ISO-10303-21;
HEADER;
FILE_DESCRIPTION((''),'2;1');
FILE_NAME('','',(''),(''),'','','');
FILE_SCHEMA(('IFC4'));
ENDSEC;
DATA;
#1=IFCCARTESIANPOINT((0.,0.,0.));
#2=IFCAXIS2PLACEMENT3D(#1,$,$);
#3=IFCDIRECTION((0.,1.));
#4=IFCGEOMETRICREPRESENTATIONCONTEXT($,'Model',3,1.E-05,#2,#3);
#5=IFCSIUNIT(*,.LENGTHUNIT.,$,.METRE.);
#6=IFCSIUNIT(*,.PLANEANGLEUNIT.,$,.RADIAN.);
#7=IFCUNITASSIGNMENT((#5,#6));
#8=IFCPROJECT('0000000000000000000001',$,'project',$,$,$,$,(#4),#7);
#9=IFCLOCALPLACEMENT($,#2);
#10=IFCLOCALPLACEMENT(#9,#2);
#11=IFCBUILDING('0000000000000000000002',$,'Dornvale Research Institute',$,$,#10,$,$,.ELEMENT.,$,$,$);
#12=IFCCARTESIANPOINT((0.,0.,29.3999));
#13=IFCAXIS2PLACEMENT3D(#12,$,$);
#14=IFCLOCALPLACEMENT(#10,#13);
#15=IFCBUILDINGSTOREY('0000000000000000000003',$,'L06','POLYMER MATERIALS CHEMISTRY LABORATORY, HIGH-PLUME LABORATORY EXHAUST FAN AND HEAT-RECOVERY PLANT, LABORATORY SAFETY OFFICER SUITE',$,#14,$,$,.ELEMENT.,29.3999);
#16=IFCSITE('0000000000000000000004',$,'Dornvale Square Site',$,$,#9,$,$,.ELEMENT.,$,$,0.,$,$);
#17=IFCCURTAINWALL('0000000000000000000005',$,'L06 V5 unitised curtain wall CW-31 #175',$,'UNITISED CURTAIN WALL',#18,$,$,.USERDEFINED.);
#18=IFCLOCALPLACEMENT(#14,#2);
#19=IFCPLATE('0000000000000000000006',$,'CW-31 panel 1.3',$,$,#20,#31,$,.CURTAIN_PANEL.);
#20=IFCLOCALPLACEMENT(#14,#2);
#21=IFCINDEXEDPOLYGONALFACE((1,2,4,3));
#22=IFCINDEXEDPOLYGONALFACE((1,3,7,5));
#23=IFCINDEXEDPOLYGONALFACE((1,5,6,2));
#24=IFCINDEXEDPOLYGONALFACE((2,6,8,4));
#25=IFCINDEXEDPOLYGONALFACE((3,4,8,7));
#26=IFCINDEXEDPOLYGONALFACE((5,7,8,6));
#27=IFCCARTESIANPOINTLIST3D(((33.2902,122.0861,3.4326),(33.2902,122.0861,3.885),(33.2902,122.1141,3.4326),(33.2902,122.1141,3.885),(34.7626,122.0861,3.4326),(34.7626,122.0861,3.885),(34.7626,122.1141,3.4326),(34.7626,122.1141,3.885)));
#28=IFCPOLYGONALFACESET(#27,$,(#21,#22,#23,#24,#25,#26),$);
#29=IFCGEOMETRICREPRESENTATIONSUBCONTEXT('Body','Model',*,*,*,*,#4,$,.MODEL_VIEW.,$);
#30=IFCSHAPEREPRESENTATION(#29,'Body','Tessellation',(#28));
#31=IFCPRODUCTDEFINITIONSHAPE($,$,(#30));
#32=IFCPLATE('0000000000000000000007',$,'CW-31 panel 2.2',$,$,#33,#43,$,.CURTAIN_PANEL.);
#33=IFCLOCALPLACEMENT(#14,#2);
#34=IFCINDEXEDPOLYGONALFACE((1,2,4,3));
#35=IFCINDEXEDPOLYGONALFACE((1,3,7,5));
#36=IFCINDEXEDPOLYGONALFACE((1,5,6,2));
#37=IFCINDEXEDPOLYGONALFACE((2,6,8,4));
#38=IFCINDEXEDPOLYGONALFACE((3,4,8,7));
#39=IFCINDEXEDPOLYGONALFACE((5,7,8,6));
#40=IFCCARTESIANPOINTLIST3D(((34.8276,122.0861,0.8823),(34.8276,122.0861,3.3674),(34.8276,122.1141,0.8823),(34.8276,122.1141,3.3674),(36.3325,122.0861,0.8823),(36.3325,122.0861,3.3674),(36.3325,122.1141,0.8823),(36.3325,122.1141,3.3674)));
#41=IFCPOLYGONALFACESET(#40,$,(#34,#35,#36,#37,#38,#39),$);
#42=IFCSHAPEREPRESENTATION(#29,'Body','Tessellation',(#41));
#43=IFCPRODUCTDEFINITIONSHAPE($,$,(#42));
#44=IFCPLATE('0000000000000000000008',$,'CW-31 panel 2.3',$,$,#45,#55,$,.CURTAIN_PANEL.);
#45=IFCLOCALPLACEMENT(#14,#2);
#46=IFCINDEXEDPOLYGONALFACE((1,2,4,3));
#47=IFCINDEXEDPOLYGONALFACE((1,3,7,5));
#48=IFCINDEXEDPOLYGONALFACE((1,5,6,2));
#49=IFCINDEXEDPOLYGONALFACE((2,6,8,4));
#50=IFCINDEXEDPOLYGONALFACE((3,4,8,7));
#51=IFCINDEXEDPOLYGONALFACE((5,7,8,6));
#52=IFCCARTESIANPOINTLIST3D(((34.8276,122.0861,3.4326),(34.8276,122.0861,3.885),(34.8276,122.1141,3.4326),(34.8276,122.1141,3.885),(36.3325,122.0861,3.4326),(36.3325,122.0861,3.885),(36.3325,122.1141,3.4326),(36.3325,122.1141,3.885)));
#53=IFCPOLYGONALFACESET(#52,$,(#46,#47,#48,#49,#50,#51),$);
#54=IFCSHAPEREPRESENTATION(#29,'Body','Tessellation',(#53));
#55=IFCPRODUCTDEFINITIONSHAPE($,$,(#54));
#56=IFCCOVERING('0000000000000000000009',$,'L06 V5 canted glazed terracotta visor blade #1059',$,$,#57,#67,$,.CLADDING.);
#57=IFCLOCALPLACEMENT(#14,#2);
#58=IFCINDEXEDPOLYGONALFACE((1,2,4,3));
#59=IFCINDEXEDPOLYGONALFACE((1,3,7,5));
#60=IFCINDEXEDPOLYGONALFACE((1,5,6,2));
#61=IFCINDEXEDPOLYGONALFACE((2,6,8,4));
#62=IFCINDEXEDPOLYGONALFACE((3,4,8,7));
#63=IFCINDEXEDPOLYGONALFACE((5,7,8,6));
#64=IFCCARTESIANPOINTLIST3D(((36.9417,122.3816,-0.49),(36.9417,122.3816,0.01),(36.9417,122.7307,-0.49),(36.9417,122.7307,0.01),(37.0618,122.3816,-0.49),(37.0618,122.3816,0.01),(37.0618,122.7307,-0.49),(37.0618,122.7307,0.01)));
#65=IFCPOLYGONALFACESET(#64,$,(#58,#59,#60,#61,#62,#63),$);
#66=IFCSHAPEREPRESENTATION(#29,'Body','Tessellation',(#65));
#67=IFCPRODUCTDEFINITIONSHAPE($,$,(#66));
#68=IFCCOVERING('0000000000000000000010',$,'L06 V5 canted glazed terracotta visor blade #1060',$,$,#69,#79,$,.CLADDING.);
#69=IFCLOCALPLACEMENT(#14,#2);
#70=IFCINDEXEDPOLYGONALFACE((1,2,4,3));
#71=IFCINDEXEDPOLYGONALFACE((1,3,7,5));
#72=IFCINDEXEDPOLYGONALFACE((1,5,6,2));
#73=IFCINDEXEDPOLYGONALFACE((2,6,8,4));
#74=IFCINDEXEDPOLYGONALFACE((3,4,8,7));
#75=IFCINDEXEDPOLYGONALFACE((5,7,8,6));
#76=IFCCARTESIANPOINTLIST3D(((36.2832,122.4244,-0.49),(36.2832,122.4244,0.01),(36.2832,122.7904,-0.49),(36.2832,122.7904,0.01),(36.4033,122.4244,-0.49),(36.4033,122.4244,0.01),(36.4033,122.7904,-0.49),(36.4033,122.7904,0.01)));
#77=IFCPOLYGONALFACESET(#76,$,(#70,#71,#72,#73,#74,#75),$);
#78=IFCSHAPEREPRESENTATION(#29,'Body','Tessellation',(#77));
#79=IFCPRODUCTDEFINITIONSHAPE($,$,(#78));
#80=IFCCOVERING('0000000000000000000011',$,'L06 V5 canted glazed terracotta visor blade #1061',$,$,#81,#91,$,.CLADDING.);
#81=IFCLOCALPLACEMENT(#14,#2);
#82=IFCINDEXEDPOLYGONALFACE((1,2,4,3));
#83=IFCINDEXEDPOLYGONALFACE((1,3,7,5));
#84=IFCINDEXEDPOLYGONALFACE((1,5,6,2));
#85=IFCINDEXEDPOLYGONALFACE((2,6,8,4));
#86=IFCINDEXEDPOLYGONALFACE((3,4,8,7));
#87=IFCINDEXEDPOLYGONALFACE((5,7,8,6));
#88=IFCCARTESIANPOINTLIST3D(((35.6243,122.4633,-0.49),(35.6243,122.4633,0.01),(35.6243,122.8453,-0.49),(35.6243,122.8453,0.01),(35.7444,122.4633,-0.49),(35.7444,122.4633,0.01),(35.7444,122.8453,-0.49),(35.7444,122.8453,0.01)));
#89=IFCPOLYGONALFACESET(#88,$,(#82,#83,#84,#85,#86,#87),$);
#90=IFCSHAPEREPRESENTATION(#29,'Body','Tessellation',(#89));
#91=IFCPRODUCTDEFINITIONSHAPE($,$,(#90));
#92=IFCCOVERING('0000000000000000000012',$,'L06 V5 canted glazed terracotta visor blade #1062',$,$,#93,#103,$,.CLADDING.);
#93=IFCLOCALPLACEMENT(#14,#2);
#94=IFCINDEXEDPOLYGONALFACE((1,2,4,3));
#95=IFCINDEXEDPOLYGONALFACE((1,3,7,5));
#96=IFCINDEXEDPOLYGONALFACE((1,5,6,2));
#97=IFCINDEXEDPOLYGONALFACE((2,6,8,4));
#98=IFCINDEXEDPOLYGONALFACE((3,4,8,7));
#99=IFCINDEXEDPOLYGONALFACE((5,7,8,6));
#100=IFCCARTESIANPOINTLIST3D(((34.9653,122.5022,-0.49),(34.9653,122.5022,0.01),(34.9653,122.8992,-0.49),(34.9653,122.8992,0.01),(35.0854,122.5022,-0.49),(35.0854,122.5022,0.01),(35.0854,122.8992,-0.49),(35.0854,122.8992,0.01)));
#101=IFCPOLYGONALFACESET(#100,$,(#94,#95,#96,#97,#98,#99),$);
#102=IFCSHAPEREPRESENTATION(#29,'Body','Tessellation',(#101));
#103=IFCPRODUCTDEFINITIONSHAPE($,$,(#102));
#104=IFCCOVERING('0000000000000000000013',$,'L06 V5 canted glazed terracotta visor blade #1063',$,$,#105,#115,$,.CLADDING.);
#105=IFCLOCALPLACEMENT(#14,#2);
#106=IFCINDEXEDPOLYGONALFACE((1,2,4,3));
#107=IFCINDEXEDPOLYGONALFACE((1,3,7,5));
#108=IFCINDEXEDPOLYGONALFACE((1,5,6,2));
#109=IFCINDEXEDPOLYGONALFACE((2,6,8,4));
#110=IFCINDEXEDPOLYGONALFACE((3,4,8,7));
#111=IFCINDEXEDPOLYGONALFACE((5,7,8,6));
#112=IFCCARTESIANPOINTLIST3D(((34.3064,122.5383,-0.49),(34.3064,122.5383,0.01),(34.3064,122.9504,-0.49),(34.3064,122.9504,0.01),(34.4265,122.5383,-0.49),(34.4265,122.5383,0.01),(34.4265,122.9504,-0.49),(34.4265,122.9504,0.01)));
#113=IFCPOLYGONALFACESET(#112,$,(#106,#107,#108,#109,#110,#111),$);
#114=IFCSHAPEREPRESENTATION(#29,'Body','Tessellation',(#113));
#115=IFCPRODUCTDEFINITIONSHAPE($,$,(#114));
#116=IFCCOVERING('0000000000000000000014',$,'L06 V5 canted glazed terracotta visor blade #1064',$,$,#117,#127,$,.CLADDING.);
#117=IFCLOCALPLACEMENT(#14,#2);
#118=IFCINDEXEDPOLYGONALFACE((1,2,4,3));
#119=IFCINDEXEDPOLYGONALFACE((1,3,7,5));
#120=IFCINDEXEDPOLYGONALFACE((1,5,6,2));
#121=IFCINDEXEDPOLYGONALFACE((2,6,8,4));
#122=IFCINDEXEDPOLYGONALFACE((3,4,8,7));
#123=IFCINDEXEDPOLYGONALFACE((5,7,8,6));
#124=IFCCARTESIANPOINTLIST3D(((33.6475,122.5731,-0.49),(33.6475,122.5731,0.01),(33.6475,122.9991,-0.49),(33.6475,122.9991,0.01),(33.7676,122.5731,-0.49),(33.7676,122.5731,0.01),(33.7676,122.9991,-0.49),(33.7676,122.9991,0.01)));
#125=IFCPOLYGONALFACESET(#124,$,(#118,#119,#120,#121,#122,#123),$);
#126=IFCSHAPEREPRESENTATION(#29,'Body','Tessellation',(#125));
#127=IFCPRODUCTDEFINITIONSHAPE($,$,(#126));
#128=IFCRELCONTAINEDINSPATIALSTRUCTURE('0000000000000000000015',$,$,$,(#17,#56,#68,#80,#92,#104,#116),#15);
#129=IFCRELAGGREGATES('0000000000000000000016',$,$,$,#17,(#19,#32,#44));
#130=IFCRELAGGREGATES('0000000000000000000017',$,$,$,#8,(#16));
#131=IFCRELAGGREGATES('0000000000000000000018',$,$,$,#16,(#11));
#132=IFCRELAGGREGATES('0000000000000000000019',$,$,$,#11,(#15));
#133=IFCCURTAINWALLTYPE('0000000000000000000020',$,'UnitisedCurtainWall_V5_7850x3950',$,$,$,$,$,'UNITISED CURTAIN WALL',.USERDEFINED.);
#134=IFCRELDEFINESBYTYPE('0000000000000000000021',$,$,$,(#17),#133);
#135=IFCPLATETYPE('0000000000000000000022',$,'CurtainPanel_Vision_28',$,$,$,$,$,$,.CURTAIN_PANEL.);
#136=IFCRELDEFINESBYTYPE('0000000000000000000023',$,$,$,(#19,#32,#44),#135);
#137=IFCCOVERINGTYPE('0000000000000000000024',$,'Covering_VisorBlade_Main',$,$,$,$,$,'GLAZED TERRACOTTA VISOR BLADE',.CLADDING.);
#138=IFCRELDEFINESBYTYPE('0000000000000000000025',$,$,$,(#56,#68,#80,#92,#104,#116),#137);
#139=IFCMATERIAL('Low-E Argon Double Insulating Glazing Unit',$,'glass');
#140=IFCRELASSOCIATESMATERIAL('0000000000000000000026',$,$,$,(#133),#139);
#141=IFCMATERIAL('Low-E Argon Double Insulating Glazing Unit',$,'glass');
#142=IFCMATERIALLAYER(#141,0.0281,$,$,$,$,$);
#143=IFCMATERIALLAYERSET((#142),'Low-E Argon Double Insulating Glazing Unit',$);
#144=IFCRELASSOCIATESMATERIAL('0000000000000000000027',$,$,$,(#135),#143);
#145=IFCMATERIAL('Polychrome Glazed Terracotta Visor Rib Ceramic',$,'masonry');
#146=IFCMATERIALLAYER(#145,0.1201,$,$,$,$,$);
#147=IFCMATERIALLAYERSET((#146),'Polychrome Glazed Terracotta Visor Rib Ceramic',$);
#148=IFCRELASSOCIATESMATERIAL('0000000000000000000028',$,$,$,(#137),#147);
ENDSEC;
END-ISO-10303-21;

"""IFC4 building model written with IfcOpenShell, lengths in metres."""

from ifc_helpers import new_model, si_unit, direction, frame, origin, origin_2d, place, context, subcontext, project, spatial, rectangle, extrude, material, layer, layer_set, type_object, element, aggregate, save


model = new_model("IFC4")

# Units and contexts
model_context = context("Model", 3, precision=1e-05, world=origin(), true_north=direction((0.0, 1.0)))
body_context = subcontext(model_context, "Body", "Model", "MODEL_VIEW")
ifc_project = project(units=[si_unit("LENGTHUNIT", "METRE"), si_unit("PLANEANGLEUNIT", "RADIAN")], contexts=[model_context])

# Site, building, storey
site_placement = place(None, origin())
site = spatial("IfcSite", under=ifc_project, at=site_placement, Name="Dornvale Square Site", CompositionType="ELEMENT", RefElevation=0.0)
building_placement = place(site_placement, origin())
building = spatial("IfcBuilding", under=site, at=building_placement, Name="Dornvale Research Institute", CompositionType="ELEMENT")
storey_placement = place(building_placement, frame((0.0, 0.0, 29.3999)))
storey = spatial("IfcBuildingStorey", under=building, at=storey_placement, Name="L06", Description="POLYMER MATERIALS CHEMISTRY LABORATORY, HIGH-PLUME LABORATORY EXHAUST FAN AND HEAT-RECOVERY PLANT, LABORATORY SAFETY OFFICER SUITE", CompositionType="ELEMENT", Elevation=29.3999)

# Curtain wall, plates
ifc_material_1 = material(Name="Low-E Argon Double Insulating Glazing Unit", Category="glass")
curtain_wall_type = type_object("IfcCurtainWallType", Name="UnitisedCurtainWall_V5_7850x3950", ElementType="UNITISED CURTAIN WALL", PredefinedType="USERDEFINED", material=ifc_material_1)
curtain_wall_placement = place(storey_placement, origin())
curtain_wall = element("IfcCurtainWall", 1, at=curtain_wall_placement, inside=storey, type_object=curtain_wall_type, Name="L06 V5 unitised curtain wall CW-31 #175", ObjectType="UNITISED CURTAIN WALL", PredefinedType="USERDEFINED")
ifc_material_2 = material(Name="Low-E Argon Double Insulating Glazing Unit", Category="glass")
ifc_layer_1 = layer(ifc_material_2, 0.0281)
ifc_layer_set_1 = layer_set([ifc_layer_1], Name="Low-E Argon Double Insulating Glazing Unit")
plate_type_1 = type_object("IfcPlateType", Name="CurtainPanel_Vision_28", PredefinedType="CURTAIN_PANEL", material=ifc_layer_set_1)
plate_1_placement = place(storey_placement, frame((34.0264, 122.1001, 3.4326), z_axis=(0.0, 0.0, 1.0), x_axis=(1.0, 0.0, 0.0)))
plate_1 = element("IfcPlate", 2, at=plate_1_placement, type_object=plate_type_1, Name="CW-31 panel 1.3", PredefinedType="CURTAIN_PANEL", context=body_context, shape_type="SweptSolid", body=[
    extrude(rectangle(XDim=1.4724, YDim=0.0281, at=origin_2d()), origin(), (0.0, 0.0, 1.0), 0.4524),
])
plate_2_placement = place(storey_placement, frame((35.5801, 122.1001, 0.8823), z_axis=(0.0, 0.0, 1.0), x_axis=(1.0, 0.0, 0.0)))
plate_2 = element("IfcPlate", 3, at=plate_2_placement, type_object=plate_type_1, Name="CW-31 panel 2.2", PredefinedType="CURTAIN_PANEL", context=body_context, shape_type="SweptSolid", body=[
    extrude(rectangle(XDim=1.5049, YDim=0.0281, at=origin_2d()), origin(), (0.0, 0.0, 1.0), 2.4851),
])
plate_3_placement = place(storey_placement, frame((35.5801, 122.1001, 3.4326), z_axis=(0.0, 0.0, 1.0), x_axis=(1.0, 0.0, 0.0)))
plate_3 = element("IfcPlate", 4, at=plate_3_placement, type_object=plate_type_1, Name="CW-31 panel 2.3", PredefinedType="CURTAIN_PANEL", context=body_context, shape_type="SweptSolid", body=[
    extrude(rectangle(XDim=1.5049, YDim=0.0281, at=origin_2d()), origin(), (0.0, 0.0, 1.0), 0.4524),
])
aggregate(curtain_wall, [plate_1, plate_2, plate_3])

# Coverings
ifc_material_3 = material(Name="Polychrome Glazed Terracotta Visor Rib Ceramic", Category="masonry")
ifc_layer_2 = layer(ifc_material_3, 0.1201)
ifc_layer_set_2 = layer_set([ifc_layer_2], Name="Polychrome Glazed Terracotta Visor Rib Ceramic")
covering_type = type_object("IfcCoveringType", Name="Covering_VisorBlade_Main", ElementType="GLAZED TERRACOTTA VISOR BLADE", PredefinedType="CLADDING", material=ifc_layer_set_2)
covering_1_placement = place(storey_placement, frame((37.0017, 122.5562, -0.49), z_axis=(0.0, 0.0, 1.0), x_axis=(0.0, 1.0, 0.0)))
element("IfcCovering", 5, at=covering_1_placement, inside=storey, type_object=covering_type, Name="L06 V5 canted glazed terracotta visor blade #1059", PredefinedType="CLADDING", context=body_context, shape_type="SweptSolid", body=[
    extrude(rectangle(XDim=0.3491, YDim=0.1201, at=origin_2d()), origin(), (0.0, 0.0, 1.0), 0.5),
])
covering_2_placement = place(storey_placement, frame((36.3433, 122.6074, -0.49), z_axis=(0.0, 0.0, 1.0), x_axis=(0.0, 1.0, 0.0)))
element("IfcCovering", 6, at=covering_2_placement, inside=storey, type_object=covering_type, Name="L06 V5 canted glazed terracotta visor blade #1060", PredefinedType="CLADDING", context=body_context, shape_type="SweptSolid", body=[
    extrude(rectangle(XDim=0.366, YDim=0.1201, at=origin_2d()), origin(), (0.0, 0.0, 1.0), 0.5),
])
covering_3_placement = place(storey_placement, frame((35.6843, 122.6543, -0.49), z_axis=(0.0, 0.0, 1.0), x_axis=(0.0, 1.0, 0.0)))
element("IfcCovering", 7, at=covering_3_placement, inside=storey, type_object=covering_type, Name="L06 V5 canted glazed terracotta visor blade #1061", PredefinedType="CLADDING", context=body_context, shape_type="SweptSolid", body=[
    extrude(rectangle(XDim=0.3821, YDim=0.1201, at=origin_2d()), origin(), (0.0, 0.0, 1.0), 0.5),
])
covering_4_placement = place(storey_placement, frame((35.0254, 122.7007, -0.49), z_axis=(0.0, 0.0, 1.0), x_axis=(0.0, 1.0, 0.0)))
element("IfcCovering", 8, at=covering_4_placement, inside=storey, type_object=covering_type, Name="L06 V5 canted glazed terracotta visor blade #1062", PredefinedType="CLADDING", context=body_context, shape_type="SweptSolid", body=[
    extrude(rectangle(XDim=0.397, YDim=0.1201, at=origin_2d()), origin(), (0.0, 0.0, 1.0), 0.5),
])
covering_5_placement = place(storey_placement, frame((34.3665, 122.7444, -0.49), z_axis=(0.0, 0.0, 1.0), x_axis=(0.0, 1.0, 0.0)))
element("IfcCovering", 9, at=covering_5_placement, inside=storey, type_object=covering_type, Name="L06 V5 canted glazed terracotta visor blade #1063", PredefinedType="CLADDING", context=body_context, shape_type="SweptSolid", body=[
    extrude(rectangle(XDim=0.4121, YDim=0.1201, at=origin_2d()), origin(), (0.0, 0.0, 1.0), 0.5),
])
covering_6_placement = place(storey_placement, frame((33.7075, 122.7861, -0.49), z_axis=(0.0, 0.0, 1.0), x_axis=(0.0, 1.0, 0.0)))
element("IfcCovering", 10, at=covering_6_placement, inside=storey, type_object=covering_type, Name="L06 V5 canted glazed terracotta visor blade #1064", PredefinedType="CLADDING", context=body_context, shape_type="SweptSolid", body=[
    extrude(rectangle(XDim=0.426, YDim=0.1201, at=origin_2d()), origin(), (0.0, 0.0, 1.0), 0.5),
])

save(model, "model.ifc")
